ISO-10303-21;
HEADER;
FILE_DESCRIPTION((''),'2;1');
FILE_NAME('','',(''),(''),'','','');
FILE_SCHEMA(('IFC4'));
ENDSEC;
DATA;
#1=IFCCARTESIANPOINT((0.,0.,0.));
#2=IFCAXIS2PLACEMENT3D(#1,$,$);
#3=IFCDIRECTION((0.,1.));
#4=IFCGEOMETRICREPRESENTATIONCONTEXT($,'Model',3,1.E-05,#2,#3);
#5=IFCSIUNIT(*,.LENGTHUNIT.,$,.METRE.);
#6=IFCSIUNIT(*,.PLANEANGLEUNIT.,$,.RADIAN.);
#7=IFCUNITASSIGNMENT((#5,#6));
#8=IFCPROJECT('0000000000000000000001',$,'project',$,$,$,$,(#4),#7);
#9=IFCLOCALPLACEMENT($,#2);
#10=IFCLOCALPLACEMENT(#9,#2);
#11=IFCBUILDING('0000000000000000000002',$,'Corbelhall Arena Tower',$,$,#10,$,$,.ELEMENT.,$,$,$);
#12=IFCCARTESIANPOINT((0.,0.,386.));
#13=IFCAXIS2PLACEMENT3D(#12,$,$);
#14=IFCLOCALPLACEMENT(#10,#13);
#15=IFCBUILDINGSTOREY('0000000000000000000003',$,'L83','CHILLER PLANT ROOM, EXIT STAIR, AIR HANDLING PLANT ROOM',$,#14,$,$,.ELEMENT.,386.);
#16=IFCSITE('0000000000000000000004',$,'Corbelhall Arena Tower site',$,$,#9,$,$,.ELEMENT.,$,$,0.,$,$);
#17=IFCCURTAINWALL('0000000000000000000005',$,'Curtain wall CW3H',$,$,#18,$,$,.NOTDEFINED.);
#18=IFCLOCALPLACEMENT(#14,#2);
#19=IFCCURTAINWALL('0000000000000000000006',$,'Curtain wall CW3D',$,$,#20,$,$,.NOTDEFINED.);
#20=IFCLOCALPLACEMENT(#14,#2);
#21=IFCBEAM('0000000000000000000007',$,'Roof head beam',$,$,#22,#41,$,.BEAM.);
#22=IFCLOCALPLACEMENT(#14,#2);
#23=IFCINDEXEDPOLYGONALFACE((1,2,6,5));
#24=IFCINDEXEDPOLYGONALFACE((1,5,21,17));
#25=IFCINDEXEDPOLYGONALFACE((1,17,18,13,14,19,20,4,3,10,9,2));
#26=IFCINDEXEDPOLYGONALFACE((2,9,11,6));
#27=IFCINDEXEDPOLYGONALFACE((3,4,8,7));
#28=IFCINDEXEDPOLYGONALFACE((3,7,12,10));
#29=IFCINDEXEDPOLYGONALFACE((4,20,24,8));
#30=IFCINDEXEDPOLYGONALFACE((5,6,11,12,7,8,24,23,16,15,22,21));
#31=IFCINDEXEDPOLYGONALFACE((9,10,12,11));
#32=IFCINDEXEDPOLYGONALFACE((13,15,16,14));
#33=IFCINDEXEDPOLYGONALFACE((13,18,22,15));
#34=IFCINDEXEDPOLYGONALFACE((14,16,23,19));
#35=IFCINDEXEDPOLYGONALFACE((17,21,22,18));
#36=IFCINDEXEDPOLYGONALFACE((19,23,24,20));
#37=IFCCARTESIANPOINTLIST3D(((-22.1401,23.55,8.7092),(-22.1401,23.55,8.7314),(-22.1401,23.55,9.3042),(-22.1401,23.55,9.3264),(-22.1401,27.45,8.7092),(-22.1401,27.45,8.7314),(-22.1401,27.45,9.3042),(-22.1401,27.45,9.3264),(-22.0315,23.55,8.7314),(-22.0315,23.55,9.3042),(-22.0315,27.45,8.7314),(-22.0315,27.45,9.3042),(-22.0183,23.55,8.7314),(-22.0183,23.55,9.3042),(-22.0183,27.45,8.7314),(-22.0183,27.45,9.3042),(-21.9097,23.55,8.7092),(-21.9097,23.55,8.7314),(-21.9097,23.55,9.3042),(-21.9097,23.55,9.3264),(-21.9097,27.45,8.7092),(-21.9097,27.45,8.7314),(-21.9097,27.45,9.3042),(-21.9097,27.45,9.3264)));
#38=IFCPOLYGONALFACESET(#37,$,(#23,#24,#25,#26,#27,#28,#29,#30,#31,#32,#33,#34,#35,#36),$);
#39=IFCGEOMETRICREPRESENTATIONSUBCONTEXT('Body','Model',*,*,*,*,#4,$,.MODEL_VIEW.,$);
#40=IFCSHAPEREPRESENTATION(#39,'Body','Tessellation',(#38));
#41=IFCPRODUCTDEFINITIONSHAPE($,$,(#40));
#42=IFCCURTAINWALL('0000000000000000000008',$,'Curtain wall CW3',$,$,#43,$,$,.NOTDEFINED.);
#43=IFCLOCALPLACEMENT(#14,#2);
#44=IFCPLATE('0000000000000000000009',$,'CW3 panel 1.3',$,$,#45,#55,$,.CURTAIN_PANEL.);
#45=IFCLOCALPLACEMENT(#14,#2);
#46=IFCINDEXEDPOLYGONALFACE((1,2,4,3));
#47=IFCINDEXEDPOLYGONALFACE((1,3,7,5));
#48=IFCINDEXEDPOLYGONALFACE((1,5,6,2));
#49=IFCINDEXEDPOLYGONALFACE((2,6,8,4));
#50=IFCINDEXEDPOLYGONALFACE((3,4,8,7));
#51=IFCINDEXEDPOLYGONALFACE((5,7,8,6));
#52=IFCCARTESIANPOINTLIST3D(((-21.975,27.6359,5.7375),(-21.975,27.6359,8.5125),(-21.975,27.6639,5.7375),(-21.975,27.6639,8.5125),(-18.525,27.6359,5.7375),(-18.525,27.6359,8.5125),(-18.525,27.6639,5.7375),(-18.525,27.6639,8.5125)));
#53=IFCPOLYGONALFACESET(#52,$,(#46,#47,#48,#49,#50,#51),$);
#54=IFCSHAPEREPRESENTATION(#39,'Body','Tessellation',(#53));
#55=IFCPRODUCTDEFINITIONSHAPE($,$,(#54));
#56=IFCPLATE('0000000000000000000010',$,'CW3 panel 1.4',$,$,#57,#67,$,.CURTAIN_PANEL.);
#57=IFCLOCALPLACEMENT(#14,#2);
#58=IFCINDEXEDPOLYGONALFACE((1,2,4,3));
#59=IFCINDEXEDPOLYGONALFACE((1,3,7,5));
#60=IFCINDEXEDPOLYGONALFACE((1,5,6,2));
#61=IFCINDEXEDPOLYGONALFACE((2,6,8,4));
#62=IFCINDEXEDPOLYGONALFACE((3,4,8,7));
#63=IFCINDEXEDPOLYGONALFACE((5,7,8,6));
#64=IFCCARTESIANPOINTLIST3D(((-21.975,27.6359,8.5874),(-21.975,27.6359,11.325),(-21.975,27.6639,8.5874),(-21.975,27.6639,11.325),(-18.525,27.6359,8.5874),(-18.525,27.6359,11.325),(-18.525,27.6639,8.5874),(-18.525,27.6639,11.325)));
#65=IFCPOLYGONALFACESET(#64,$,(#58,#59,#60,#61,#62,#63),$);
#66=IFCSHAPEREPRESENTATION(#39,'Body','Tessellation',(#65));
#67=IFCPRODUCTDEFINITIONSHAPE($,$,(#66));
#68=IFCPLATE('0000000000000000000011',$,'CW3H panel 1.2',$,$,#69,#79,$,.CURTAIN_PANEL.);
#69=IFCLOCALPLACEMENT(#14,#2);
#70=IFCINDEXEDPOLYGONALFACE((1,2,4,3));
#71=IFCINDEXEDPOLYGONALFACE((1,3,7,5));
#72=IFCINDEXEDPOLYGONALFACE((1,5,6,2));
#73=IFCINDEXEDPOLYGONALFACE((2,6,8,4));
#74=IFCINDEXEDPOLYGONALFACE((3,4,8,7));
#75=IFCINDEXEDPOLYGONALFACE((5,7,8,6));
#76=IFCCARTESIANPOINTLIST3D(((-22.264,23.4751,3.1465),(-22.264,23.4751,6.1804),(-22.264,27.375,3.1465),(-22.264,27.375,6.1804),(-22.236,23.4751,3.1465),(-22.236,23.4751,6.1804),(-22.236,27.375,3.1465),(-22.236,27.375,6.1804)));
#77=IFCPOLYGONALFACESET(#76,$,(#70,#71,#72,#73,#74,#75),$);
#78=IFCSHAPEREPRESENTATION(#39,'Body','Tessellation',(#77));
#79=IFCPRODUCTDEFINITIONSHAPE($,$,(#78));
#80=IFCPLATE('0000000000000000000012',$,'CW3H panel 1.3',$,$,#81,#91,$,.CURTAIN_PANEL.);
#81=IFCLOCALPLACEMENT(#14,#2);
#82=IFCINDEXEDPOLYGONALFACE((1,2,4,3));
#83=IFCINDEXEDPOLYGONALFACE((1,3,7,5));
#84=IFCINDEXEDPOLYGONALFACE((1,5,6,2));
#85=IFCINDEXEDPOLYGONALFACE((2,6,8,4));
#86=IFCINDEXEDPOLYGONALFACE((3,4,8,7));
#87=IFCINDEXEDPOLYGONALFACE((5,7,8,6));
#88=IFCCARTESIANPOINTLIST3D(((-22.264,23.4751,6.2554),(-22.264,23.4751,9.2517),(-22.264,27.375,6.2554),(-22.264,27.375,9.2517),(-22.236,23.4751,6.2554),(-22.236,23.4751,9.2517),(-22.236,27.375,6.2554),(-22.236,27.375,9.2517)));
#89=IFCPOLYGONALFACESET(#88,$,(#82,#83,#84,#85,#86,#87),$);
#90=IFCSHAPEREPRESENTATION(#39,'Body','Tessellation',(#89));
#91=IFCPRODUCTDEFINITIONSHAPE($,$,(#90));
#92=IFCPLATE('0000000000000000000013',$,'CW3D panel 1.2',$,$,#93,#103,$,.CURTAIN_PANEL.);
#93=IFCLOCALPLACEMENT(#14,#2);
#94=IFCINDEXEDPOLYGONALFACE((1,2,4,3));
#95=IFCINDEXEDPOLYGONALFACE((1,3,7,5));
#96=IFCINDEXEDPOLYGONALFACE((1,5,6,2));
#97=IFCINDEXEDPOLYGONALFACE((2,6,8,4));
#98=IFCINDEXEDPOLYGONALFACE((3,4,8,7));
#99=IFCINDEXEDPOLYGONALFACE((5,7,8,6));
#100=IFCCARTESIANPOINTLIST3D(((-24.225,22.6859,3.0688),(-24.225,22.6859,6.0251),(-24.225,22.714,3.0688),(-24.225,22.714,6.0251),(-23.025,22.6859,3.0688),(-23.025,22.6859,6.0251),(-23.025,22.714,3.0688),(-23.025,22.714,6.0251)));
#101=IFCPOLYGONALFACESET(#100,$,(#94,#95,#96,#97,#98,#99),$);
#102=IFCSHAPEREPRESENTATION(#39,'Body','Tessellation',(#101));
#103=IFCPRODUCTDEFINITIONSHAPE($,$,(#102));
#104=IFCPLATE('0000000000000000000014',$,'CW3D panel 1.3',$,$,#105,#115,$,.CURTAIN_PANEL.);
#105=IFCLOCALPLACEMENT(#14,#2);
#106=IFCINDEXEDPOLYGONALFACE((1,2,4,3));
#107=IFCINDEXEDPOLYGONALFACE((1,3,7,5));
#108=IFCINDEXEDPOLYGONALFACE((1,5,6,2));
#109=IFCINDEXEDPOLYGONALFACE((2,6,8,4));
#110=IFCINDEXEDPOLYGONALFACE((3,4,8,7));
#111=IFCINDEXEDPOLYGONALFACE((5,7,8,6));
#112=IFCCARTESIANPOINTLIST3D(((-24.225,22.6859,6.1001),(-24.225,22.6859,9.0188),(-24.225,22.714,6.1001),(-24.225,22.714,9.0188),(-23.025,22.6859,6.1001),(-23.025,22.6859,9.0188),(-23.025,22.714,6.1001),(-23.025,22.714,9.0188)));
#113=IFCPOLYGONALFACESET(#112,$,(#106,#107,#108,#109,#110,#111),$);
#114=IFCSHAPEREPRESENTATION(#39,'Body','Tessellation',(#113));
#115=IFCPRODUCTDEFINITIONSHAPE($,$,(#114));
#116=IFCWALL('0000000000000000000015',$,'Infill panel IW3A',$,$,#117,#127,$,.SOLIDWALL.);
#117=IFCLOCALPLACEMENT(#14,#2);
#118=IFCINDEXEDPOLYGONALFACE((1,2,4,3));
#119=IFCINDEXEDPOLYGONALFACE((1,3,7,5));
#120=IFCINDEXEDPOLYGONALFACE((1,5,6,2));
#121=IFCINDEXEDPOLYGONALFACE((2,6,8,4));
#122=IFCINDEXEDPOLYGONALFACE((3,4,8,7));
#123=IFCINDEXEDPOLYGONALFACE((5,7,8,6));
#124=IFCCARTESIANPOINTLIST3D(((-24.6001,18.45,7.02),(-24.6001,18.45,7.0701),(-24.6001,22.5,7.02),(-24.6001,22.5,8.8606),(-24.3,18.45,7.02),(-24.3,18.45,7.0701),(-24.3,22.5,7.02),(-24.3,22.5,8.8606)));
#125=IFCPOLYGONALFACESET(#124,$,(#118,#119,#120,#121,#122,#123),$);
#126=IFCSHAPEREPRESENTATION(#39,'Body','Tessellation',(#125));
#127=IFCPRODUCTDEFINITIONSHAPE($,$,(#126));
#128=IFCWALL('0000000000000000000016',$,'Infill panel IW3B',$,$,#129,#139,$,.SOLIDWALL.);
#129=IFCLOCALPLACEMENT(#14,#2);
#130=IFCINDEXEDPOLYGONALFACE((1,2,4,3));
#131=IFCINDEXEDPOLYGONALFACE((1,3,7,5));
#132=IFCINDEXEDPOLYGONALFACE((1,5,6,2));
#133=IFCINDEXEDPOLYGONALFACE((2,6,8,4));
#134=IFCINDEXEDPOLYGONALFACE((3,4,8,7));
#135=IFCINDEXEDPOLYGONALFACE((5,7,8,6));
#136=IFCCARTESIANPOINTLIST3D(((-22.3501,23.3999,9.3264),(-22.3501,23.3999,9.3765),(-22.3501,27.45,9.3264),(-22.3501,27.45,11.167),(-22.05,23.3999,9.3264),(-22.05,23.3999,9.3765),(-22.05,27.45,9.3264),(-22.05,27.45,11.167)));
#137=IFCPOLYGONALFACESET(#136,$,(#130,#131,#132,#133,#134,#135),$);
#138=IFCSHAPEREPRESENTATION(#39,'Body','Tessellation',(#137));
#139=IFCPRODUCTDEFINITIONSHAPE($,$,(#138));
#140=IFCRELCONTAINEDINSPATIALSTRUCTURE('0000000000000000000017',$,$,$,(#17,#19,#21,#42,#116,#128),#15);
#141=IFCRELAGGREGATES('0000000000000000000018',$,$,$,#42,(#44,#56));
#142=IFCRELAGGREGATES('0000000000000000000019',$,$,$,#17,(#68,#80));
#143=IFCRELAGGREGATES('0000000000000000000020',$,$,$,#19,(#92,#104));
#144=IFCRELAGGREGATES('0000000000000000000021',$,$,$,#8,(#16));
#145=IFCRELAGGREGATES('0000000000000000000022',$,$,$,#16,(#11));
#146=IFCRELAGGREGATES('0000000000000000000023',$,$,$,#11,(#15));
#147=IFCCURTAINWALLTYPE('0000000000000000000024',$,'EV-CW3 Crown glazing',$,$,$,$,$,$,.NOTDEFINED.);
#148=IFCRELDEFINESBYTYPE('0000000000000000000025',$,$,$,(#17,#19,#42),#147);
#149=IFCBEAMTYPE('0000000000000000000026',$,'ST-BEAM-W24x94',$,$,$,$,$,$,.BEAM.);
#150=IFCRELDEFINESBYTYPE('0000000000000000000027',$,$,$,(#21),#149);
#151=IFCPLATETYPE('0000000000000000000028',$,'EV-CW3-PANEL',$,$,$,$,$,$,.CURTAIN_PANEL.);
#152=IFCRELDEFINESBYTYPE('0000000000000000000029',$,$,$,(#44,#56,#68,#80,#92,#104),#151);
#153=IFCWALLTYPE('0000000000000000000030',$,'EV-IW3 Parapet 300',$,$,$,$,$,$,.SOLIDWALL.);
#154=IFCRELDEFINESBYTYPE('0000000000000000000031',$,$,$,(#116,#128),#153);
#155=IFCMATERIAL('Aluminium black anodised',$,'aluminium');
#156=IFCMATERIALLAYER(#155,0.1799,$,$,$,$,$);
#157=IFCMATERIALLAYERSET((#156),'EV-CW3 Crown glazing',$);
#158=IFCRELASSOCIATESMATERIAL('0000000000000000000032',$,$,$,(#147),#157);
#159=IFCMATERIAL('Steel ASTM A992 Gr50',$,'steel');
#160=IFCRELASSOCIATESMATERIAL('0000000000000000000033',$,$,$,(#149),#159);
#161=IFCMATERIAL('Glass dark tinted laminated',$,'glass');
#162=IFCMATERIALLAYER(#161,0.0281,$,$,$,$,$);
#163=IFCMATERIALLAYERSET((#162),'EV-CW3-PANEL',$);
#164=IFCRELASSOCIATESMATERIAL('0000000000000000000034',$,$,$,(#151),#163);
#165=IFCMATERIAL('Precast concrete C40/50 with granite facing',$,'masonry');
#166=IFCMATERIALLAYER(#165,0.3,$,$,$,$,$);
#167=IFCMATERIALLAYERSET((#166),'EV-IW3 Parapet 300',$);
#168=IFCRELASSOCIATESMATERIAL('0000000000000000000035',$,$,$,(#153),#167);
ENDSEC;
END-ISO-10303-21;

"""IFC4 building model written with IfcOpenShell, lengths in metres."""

from ifc_helpers import new_model, si_unit, direction, frame, origin, origin_2d, place, context, subcontext, project, spatial, polyline, rectangle, i_section, outline, extrude, material, layer, layer_set, material_profile, profile_set, type_object, element, aggregate, save


model = new_model("IFC4")

# Units and contexts
model_context = context("Model", 3, precision=1e-05, world=origin(), true_north=direction((0.0, 1.0)))
body_context = subcontext(model_context, "Body", "Model", "MODEL_VIEW")
ifc_project = project(units=[si_unit("LENGTHUNIT", "METRE"), si_unit("PLANEANGLEUNIT", "RADIAN")], contexts=[model_context])

# Site, building, storey
site_placement = place(None, origin())
site = spatial("IfcSite", under=ifc_project, at=site_placement, Name="Corbelhall Arena Tower site", CompositionType="ELEMENT", RefElevation=0.0)
building_placement = place(site_placement, origin())
building = spatial("IfcBuilding", under=site, at=building_placement, Name="Corbelhall Arena Tower", CompositionType="ELEMENT")
storey_placement = place(building_placement, frame((0.0, 0.0, 386.0)))
storey = spatial("IfcBuildingStorey", under=building, at=storey_placement, Name="L83", Description="CHILLER PLANT ROOM, EXIT STAIR, AIR HANDLING PLANT ROOM", CompositionType="ELEMENT", Elevation=386.0)

# Curtain walls
ifc_material_1 = material(Name="Aluminium black anodised", Category="aluminium")
ifc_layer_1 = layer(ifc_material_1, 0.1799)
ifc_layer_set_1 = layer_set([ifc_layer_1], Name="EV-CW3 Crown glazing")
curtain_wall_type = type_object("IfcCurtainWallType", Name="EV-CW3 Crown glazing", PredefinedType="NOTDEFINED", material=ifc_layer_set_1)
curtain_wall_1_placement = place(storey_placement, origin())
curtain_wall_1 = element("IfcCurtainWall", 1, at=curtain_wall_1_placement, inside=storey, type_object=curtain_wall_type, Name="Curtain wall CW3H", PredefinedType="NOTDEFINED")
curtain_wall_2_placement = place(storey_placement, origin())
curtain_wall_2 = element("IfcCurtainWall", 2, at=curtain_wall_2_placement, inside=storey, type_object=curtain_wall_type, Name="Curtain wall CW3D", PredefinedType="NOTDEFINED")

# Beam
ifc_material_2 = material(Name="Steel ASTM A992 Gr50", Category="steel")
ifc_material_profile_1 = material_profile(ifc_material_2, i_section(OverallWidth=0.2305, OverallDepth=0.6172, WebThickness=0.0132, FlangeThickness=0.0222, at=origin_2d()))
ifc_profile_set_1 = profile_set([ifc_material_profile_1], Name="Steel ASTM A992 Gr50")
beam_type = type_object("IfcBeamType", Name="ST-BEAM-W24x94", PredefinedType="BEAM", material=ifc_profile_set_1)
for number, where, z_axis, x_axis, name in (
    (3, (-22.0249, 27.45, 9.0178), (0.0, -1.0, 0.0), (1.0, 0.0, 0.0), "Roof head beam"),
):
    element("IfcBeam", number, at=place(storey_placement, frame(where, z_axis=z_axis, x_axis=x_axis)), inside=storey, type_object=beam_type, Name=name, PredefinedType="BEAM", context=body_context, shape_type="SweptSolid", body=[
        extrude(i_section(OverallWidth=0.2305, OverallDepth=0.6172, WebThickness=0.0132, FlangeThickness=0.0222, at=origin_2d()), origin(), (0.0, 0.0, 1.0), 3.8999),
    ])

# Curtain wall, plates
curtain_wall_3_placement = place(storey_placement, origin())
curtain_wall_3 = element("IfcCurtainWall", 4, at=curtain_wall_3_placement, inside=storey, type_object=curtain_wall_type, Name="Curtain wall CW3", PredefinedType="NOTDEFINED")
ifc_material_3 = material(Name="Glass dark tinted laminated", Category="glass")
ifc_layer_2 = layer(ifc_material_3, 0.0281)
ifc_layer_set_2 = layer_set([ifc_layer_2], Name="EV-CW3-PANEL")
plate_type = type_object("IfcPlateType", Name="EV-CW3-PANEL", PredefinedType="CURTAIN_PANEL", material=ifc_layer_set_2)
plate_1_placement = place(storey_placement, frame((-20.25, 27.6499, 5.7375), z_axis=(0.0, 0.0, 1.0), x_axis=(-1.0, 0.0, 0.0)))
plate_1 = element("IfcPlate", 5, at=plate_1_placement, type_object=plate_type, Name="CW3 panel 1.3", PredefinedType="CURTAIN_PANEL", context=body_context, shape_type="SweptSolid", body=[
    extrude(rectangle(XDim=3.45, YDim=0.0281, at=origin_2d()), origin(), (0.0, 0.0, 1.0), 2.7749),
])
plate_2_placement = place(storey_placement, frame((-20.25, 27.6499, 8.5874), z_axis=(0.0, 0.0, 1.0), x_axis=(-1.0, 0.0, 0.0)))
plate_2 = element("IfcPlate", 6, at=plate_2_placement, type_object=plate_type, Name="CW3 panel 1.4", PredefinedType="CURTAIN_PANEL", context=body_context, shape_type="SweptSolid", body=[
    extrude(rectangle(XDim=3.45, YDim=0.0281, at=origin_2d()), origin(), (0.0, 0.0, 1.0), 2.7375),
])
aggregate(curtain_wall_3, [plate_1, plate_2])

# Plates
plate_3_placement = place(storey_placement, frame((-22.25, 25.425, 3.1465), z_axis=(0.0, 0.0, 1.0), x_axis=(0.0, -1.0, 0.0)))
plate_3 = element("IfcPlate", 7, at=plate_3_placement, type_object=plate_type, Name="CW3H panel 1.2", PredefinedType="CURTAIN_PANEL", context=body_context, shape_type="SweptSolid", body=[
    extrude(rectangle(XDim=3.8999, YDim=0.0281, at=origin_2d()), origin(), (0.0, 0.0, 1.0), 3.0339),
])
plate_4_placement = place(storey_placement, frame((-22.25, 25.425, 6.2554), z_axis=(0.0, 0.0, 1.0), x_axis=(0.0, -1.0, 0.0)))
plate_4 = element("IfcPlate", 8, at=plate_4_placement, type_object=plate_type, Name="CW3H panel 1.3", PredefinedType="CURTAIN_PANEL", context=body_context, shape_type="SweptSolid", body=[
    extrude(rectangle(XDim=3.8999, YDim=0.0281, at=origin_2d()), origin(), (0.0, 0.0, 1.0), 2.9963),
])
aggregate(curtain_wall_1, [plate_3, plate_4])
plate_5_placement = place(storey_placement, frame((-23.625, 22.7, 3.0688), z_axis=(0.0, 0.0, 1.0), x_axis=(-1.0, 0.0, 0.0)))
plate_5 = element("IfcPlate", 9, at=plate_5_placement, type_object=plate_type, Name="CW3D panel 1.2", PredefinedType="CURTAIN_PANEL", context=body_context, shape_type="SweptSolid", body=[
    extrude(rectangle(XDim=1.2, YDim=0.0281, at=origin_2d()), origin(), (0.0, 0.0, 1.0), 2.9563),
])
plate_6_placement = place(storey_placement, frame((-23.625, 22.7, 6.1001), z_axis=(0.0, 0.0, 1.0), x_axis=(-1.0, 0.0, 0.0)))
plate_6 = element("IfcPlate", 10, at=plate_6_placement, type_object=plate_type, Name="CW3D panel 1.3", PredefinedType="CURTAIN_PANEL", context=body_context, shape_type="SweptSolid", body=[
    extrude(rectangle(XDim=1.2, YDim=0.0281, at=origin_2d()), origin(), (0.0, 0.0, 1.0), 2.9187),
])
aggregate(curtain_wall_2, [plate_5, plate_6])

# Walls
ifc_material_4 = material(Name="Precast concrete C40/50 with granite facing", Category="masonry")
ifc_layer_3 = layer(ifc_material_4, 0.3)
ifc_layer_set_3 = layer_set([ifc_layer_3], Name="EV-IW3 Parapet 300")
wall_type = type_object("IfcWallType", Name="EV-IW3 Parapet 300", PredefinedType="SOLIDWALL", material=ifc_layer_set_3)
for number, where, z_axis, x_axis, name in (
    (11, (-24.45, 22.5, 7.02), (0.0, 0.0, 1.0), (0.0, -1.0, 0.0), "Infill panel IW3A"),
    (12, (-22.2, 27.45, 9.3264), (0.0, 0.0, 1.0), (0.0, -1.0, 0.0), "Infill panel IW3B"),
):
    element("IfcWall", number, at=place(storey_placement, frame(where, z_axis=z_axis, x_axis=x_axis)), inside=storey, type_object=wall_type, Name=name, PredefinedType="SOLIDWALL", context=body_context, shape_type="SweptSolid", body=[
        extrude(outline(polyline([(0.0, 0.0), (4.05, 0.0), (4.05, 0.05), (0.0, 1.8406), (0.0, 0.0)])), frame((0.0, 0.1499, 0.0), z_axis=(0.0, -1.0, 0.0), x_axis=(1.0, 0.0, 0.0)), (0.0, 0.0, 1.0), 0.3),
    ])

save(model, "model.ifc")
